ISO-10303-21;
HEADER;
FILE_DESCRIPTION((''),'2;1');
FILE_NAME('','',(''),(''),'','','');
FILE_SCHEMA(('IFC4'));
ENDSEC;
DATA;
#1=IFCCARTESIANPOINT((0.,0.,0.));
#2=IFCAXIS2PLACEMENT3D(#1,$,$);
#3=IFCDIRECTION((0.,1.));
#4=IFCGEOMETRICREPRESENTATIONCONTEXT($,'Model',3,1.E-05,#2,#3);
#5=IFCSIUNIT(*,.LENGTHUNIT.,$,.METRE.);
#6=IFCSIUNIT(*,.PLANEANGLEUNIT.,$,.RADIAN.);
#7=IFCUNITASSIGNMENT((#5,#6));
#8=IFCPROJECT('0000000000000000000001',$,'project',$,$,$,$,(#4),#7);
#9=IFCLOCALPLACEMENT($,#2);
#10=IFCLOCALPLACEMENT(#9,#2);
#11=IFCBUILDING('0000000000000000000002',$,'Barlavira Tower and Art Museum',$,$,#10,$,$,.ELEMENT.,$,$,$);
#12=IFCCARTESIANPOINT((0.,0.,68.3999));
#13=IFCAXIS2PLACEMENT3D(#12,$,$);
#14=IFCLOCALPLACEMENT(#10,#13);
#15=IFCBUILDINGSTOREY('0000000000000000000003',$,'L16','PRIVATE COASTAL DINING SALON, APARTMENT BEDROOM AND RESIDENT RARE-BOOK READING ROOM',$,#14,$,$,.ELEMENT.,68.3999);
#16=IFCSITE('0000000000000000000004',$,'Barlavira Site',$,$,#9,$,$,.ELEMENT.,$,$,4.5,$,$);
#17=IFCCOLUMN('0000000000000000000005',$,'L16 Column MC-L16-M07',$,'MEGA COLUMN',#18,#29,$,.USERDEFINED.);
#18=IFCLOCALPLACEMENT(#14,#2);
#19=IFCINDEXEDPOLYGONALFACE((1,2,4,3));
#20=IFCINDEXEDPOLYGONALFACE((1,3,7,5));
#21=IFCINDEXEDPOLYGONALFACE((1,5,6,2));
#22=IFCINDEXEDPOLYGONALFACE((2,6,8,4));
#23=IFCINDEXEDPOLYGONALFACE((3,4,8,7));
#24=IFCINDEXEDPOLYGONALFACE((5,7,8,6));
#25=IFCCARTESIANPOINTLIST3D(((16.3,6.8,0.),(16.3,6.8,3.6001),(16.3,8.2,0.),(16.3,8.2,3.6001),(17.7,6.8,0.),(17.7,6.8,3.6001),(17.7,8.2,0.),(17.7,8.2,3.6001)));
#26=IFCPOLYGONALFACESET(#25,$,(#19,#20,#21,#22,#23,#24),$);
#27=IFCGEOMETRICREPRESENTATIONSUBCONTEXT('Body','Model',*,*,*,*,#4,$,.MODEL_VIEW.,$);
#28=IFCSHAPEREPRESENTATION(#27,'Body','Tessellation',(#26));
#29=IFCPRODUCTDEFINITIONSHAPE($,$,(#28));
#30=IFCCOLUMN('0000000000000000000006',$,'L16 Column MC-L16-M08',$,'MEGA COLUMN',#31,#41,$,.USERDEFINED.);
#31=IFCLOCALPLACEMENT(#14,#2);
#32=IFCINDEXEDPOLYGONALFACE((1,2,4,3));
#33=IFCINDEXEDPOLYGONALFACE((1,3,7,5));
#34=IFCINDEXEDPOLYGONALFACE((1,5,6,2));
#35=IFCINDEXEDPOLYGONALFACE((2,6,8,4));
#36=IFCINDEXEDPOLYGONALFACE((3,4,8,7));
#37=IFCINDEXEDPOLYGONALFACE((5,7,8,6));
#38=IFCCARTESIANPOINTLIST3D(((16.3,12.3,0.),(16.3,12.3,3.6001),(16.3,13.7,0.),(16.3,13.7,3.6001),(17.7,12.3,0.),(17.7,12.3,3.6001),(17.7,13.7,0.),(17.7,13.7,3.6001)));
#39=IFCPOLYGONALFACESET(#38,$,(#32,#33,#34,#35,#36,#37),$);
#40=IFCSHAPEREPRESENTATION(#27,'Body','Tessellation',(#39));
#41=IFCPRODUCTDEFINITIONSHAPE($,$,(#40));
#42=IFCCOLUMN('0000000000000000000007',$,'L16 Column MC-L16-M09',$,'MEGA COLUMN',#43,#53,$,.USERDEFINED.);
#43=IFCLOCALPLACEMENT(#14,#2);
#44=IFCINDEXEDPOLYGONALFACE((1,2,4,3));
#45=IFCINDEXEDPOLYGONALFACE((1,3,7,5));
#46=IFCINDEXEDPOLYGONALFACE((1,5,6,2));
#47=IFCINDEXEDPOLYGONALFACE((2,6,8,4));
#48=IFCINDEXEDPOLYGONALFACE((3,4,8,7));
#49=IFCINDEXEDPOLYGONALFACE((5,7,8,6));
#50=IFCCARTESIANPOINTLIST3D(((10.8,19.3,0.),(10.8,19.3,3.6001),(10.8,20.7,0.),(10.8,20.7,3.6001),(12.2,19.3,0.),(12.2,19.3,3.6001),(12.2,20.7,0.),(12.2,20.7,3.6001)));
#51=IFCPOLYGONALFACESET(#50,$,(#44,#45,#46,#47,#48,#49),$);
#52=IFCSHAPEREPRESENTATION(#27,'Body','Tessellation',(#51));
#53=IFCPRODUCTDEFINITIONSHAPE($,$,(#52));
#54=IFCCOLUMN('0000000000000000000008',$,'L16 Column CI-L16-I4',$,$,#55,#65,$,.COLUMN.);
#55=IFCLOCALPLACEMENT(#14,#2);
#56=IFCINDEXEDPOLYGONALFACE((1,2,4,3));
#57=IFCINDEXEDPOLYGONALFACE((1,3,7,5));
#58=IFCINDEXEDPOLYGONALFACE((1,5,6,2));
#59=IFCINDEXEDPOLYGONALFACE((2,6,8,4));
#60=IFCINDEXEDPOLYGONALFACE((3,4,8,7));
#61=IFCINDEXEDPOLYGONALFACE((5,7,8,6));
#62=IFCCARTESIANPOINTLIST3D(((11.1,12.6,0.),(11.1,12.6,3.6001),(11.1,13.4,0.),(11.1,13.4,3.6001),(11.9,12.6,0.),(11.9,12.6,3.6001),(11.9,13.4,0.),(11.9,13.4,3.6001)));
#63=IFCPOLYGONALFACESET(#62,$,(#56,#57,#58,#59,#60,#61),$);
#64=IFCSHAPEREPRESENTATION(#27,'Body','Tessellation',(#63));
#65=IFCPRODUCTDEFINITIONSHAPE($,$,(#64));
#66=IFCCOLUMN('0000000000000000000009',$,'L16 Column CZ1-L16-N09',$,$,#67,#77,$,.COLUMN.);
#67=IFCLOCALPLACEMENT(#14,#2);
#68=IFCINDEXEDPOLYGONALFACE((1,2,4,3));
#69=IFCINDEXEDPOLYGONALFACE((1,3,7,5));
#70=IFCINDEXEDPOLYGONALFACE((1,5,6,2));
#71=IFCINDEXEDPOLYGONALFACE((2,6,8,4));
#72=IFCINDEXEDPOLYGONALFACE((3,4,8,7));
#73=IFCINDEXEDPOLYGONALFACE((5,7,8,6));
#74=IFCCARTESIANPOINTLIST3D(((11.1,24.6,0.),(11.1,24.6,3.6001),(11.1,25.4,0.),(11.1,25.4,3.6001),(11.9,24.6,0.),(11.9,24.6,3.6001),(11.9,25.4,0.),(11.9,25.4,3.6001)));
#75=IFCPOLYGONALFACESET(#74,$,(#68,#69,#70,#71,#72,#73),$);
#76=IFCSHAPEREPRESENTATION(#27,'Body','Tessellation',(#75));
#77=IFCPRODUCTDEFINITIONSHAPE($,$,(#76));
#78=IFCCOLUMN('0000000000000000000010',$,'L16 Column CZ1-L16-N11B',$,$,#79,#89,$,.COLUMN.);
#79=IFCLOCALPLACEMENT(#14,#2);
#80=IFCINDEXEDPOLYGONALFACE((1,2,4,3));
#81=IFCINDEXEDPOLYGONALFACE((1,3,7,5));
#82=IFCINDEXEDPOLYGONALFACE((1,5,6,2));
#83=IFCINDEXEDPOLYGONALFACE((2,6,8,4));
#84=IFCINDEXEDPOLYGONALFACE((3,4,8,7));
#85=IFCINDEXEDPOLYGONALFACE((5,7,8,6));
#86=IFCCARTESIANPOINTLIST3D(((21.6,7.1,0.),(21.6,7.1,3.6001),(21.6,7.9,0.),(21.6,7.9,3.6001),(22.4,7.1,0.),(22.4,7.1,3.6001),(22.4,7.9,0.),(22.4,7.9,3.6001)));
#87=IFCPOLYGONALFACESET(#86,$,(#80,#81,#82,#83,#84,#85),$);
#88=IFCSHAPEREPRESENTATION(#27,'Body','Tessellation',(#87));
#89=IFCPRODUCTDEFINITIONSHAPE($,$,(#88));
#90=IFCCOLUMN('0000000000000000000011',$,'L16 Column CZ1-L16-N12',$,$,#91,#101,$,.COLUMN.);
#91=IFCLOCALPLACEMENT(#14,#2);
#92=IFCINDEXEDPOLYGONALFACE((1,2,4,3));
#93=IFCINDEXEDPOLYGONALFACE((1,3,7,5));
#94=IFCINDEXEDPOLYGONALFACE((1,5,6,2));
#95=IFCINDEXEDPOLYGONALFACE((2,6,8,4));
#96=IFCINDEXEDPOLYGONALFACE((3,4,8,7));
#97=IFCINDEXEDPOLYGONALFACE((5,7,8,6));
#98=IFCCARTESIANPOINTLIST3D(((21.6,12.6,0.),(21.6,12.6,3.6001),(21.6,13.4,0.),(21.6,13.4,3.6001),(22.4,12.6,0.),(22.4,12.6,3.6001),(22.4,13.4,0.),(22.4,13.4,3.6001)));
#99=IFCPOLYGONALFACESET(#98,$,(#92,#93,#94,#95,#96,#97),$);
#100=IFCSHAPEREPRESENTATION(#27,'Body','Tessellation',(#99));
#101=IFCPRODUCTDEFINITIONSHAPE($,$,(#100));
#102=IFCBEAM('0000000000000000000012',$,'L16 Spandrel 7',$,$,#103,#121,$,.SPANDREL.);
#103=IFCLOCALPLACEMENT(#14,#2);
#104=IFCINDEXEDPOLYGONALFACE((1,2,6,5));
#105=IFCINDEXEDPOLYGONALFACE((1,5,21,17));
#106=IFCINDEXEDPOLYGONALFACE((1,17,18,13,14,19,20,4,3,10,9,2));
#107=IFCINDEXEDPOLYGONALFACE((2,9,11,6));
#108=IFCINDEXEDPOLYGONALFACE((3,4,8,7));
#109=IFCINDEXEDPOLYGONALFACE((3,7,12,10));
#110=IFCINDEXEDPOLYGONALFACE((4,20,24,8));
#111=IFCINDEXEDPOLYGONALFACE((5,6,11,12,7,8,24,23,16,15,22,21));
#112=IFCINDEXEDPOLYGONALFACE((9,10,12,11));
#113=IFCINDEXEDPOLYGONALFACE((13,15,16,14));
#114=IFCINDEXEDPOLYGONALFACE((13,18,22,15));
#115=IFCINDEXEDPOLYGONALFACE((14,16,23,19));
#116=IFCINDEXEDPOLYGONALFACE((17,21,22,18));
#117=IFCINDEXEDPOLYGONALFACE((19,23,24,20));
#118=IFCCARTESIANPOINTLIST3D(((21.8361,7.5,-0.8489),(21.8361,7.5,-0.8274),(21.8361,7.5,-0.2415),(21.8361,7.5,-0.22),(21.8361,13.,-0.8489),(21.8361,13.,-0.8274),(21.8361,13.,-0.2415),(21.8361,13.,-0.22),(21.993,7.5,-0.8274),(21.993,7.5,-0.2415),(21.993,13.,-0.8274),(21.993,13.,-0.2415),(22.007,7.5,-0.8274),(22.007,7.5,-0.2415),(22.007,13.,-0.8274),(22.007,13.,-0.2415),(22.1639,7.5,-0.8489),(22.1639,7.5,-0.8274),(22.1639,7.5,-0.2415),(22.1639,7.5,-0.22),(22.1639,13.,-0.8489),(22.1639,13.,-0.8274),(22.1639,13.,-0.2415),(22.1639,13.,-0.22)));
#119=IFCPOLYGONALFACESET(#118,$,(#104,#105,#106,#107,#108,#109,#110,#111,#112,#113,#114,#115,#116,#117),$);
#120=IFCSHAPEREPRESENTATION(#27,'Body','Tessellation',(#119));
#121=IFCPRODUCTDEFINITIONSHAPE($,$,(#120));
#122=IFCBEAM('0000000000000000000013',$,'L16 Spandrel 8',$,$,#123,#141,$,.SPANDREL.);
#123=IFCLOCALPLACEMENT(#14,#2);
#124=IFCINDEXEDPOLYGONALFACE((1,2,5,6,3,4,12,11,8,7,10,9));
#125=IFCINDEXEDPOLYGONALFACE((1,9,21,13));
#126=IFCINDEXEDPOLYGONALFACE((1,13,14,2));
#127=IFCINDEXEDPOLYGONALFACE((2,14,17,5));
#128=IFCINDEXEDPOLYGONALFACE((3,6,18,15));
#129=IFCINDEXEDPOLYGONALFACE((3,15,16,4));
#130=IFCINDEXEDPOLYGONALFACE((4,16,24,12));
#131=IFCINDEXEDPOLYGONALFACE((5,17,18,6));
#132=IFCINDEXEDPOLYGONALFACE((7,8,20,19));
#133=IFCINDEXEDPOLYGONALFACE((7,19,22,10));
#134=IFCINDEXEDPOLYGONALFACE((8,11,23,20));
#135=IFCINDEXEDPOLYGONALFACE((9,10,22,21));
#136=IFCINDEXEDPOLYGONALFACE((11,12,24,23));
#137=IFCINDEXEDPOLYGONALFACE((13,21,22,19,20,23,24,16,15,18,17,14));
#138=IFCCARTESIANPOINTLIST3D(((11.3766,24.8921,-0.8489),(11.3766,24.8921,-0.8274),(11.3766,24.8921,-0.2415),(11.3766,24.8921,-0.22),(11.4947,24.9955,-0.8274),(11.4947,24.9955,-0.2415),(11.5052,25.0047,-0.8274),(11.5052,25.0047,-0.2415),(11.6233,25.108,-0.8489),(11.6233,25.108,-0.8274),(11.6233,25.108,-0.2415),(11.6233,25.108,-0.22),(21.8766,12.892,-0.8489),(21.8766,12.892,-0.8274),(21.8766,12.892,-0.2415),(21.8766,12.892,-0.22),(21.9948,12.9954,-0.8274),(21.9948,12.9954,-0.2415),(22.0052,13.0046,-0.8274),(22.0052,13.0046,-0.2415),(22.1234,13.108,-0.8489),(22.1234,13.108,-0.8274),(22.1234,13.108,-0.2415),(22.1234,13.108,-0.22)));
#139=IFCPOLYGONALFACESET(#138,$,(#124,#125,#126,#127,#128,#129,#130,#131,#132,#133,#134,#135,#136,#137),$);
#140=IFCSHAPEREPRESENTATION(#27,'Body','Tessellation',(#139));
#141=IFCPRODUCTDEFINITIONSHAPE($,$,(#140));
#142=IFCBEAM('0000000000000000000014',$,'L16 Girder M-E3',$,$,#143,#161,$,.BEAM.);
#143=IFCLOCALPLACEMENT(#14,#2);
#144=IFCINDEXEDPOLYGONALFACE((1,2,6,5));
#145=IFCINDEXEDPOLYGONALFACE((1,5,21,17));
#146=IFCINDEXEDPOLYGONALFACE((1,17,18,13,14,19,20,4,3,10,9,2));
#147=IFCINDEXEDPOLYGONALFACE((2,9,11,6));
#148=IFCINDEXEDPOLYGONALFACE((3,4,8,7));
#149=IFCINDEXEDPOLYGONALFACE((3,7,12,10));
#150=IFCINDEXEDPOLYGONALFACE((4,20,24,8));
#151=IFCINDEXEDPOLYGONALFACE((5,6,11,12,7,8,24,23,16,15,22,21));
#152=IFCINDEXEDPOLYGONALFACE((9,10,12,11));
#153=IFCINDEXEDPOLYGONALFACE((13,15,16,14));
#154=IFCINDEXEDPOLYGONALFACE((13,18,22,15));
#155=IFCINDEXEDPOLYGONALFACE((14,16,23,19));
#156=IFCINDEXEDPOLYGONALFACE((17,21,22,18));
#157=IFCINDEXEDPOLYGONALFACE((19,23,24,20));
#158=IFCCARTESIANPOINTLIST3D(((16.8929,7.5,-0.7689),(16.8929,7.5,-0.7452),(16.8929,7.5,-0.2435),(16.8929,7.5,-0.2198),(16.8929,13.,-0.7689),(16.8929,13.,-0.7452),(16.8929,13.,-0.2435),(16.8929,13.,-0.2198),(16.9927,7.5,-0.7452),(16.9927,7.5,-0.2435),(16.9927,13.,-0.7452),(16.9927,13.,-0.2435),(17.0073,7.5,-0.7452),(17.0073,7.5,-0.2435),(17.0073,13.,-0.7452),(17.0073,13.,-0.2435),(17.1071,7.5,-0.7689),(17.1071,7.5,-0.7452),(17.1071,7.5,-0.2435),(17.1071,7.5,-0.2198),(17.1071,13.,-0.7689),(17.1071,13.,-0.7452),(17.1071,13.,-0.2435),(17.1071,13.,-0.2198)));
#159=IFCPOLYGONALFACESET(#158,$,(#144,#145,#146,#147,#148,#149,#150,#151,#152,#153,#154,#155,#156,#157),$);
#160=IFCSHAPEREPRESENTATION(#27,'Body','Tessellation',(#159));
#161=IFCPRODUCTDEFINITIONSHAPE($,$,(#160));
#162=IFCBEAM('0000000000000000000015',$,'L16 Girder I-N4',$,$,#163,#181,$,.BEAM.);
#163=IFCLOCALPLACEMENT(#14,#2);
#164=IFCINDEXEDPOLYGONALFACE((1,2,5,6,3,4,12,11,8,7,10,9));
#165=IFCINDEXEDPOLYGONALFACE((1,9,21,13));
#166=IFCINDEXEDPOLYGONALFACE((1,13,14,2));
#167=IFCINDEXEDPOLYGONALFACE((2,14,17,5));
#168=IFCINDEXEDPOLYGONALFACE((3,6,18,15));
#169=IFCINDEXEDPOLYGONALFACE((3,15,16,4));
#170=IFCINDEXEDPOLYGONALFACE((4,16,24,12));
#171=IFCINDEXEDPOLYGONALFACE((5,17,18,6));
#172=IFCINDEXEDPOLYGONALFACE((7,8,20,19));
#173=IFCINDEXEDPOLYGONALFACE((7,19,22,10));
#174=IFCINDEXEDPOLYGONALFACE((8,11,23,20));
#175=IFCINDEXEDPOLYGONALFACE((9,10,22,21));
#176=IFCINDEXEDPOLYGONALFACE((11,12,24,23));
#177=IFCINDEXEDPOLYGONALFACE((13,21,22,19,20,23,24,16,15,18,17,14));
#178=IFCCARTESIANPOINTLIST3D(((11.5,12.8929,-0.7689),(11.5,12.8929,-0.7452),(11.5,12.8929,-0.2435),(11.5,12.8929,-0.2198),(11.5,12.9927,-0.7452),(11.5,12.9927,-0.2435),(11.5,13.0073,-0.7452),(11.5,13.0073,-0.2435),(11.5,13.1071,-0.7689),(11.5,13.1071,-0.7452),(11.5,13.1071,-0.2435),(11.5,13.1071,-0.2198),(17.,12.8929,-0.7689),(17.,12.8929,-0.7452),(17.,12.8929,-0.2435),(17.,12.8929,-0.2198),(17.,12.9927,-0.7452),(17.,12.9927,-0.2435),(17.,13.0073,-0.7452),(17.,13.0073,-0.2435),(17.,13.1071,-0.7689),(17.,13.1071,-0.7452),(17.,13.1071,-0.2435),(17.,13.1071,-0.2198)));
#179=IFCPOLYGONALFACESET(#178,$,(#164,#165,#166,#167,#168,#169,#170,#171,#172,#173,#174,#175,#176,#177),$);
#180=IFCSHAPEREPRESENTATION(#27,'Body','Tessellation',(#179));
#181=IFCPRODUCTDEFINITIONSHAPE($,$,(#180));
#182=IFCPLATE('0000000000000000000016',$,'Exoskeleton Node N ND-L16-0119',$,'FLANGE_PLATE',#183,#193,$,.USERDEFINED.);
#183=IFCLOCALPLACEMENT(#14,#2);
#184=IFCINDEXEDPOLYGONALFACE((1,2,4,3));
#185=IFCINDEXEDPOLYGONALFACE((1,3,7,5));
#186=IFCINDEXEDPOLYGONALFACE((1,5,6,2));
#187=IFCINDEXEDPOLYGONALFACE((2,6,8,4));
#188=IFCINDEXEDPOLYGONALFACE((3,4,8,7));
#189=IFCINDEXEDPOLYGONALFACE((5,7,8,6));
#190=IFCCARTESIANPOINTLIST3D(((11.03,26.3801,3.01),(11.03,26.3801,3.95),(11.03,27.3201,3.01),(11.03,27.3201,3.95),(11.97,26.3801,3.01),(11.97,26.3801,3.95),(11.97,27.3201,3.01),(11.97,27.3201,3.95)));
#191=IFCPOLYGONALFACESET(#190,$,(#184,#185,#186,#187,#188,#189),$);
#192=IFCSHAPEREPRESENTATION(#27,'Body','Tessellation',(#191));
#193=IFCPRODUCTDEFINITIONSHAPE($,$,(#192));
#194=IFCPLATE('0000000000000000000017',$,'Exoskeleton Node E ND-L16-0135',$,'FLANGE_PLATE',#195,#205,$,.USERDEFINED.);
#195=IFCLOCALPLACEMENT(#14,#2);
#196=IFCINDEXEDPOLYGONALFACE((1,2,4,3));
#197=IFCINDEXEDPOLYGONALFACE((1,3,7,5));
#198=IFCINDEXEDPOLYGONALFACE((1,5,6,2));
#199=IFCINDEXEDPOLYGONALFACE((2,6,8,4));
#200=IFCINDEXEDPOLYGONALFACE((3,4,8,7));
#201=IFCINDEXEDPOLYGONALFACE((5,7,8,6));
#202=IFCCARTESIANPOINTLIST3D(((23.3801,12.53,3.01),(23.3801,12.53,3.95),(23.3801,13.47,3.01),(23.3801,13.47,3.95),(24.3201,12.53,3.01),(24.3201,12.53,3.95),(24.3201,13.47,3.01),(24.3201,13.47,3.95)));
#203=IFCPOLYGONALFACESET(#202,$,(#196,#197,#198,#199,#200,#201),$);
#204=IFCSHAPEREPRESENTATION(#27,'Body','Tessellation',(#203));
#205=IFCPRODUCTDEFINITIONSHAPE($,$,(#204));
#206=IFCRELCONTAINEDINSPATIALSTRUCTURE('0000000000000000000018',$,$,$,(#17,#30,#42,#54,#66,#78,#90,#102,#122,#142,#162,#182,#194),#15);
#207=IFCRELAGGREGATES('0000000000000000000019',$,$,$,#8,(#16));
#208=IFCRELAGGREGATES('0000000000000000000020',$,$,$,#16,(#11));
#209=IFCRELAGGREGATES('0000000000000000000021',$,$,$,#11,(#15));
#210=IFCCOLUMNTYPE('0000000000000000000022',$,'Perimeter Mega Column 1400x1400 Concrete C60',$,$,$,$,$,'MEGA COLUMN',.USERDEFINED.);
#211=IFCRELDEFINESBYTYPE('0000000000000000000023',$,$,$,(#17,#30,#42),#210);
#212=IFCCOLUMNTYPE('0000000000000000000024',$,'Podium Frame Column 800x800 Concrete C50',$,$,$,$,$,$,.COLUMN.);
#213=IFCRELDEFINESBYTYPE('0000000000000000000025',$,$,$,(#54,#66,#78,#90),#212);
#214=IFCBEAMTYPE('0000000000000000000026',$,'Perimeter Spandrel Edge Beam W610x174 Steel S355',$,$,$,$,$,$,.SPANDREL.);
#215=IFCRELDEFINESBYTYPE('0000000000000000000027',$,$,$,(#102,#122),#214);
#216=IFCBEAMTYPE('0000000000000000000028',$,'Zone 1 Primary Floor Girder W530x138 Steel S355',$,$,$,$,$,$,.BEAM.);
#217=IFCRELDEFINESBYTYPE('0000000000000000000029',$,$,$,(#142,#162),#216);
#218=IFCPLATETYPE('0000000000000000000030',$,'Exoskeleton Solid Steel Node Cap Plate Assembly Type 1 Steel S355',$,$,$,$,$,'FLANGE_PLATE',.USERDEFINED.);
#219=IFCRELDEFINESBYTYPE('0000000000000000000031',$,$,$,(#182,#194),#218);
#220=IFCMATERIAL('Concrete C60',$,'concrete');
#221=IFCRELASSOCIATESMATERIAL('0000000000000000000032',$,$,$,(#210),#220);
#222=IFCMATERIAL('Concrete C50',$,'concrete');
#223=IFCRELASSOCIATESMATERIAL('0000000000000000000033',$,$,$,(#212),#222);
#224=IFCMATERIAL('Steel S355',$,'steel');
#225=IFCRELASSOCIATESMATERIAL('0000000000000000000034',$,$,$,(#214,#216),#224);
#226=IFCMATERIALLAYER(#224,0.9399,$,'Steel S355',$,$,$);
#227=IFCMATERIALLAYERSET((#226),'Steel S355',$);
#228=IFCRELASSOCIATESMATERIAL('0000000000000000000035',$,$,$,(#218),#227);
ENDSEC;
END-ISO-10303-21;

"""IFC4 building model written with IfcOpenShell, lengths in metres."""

from ifc_helpers import new_model, si_unit, direction, frame, origin, origin_2d, place, context, subcontext, project, spatial, rectangle, i_section, extrude, material, layer, layer_set, material_profile, profile_set, type_object, element, save


model = new_model("IFC4")

# Units and contexts
model_context = context("Model", 3, precision=1e-05, world=origin(), true_north=direction((0.0, 1.0)))
body_context = subcontext(model_context, "Body", "Model", "MODEL_VIEW")
ifc_project = project(units=[si_unit("LENGTHUNIT", "METRE"), si_unit("PLANEANGLEUNIT", "RADIAN")], contexts=[model_context])

# Site, building, storey
site_placement = place(None, origin())
site = spatial("IfcSite", under=ifc_project, at=site_placement, Name="Barlavira Site", CompositionType="ELEMENT", RefElevation=4.5)
building_placement = place(site_placement, origin())
building = spatial("IfcBuilding", under=site, at=building_placement, Name="Barlavira Tower and Art Museum", CompositionType="ELEMENT")
storey_placement = place(building_placement, frame((0.0, 0.0, 68.3999)))
storey = spatial("IfcBuildingStorey", under=building, at=storey_placement, Name="L16", Description="PRIVATE COASTAL DINING SALON, APARTMENT BEDROOM AND RESIDENT RARE-BOOK READING ROOM", CompositionType="ELEMENT", Elevation=68.3999)

# Columns
ifc_material_1 = material(Name="Concrete C60", Category="concrete")
ifc_material_profile_1 = material_profile(ifc_material_1, rectangle(XDim=1.3999, YDim=1.3999, at=origin_2d()), Name="RC-MCOL 1400x1400")
ifc_profile_set_1 = profile_set([ifc_material_profile_1], Name="Concrete C60")
column_type_1 = type_object("IfcColumnType", Name="Perimeter Mega Column 1400x1400 Concrete C60", ElementType="MEGA COLUMN", PredefinedType="USERDEFINED", material=ifc_profile_set_1)
for number, where, z_axis, x_axis, name in (
    (1, (17.0, 7.5, 0.0), (0.0, 0.0, 1.0), (1.0, 0.0, 0.0), "L16 Column MC-L16-M07"),
    (2, (17.0, 13.0, 0.0), (0.0, 0.0, 1.0), (1.0, 0.0, 0.0), "L16 Column MC-L16-M08"),
    (3, (11.5, 20.0, 0.0), (0.0, 0.0, 1.0), (1.0, 0.0, 0.0), "L16 Column MC-L16-M09"),
):
    element("IfcColumn", number, at=place(storey_placement, frame(where, z_axis=z_axis, x_axis=x_axis)), inside=storey, type_object=column_type_1, Name=name, ObjectType="MEGA COLUMN", PredefinedType="USERDEFINED", context=body_context, shape_type="SweptSolid", body=[
        extrude(rectangle(XDim=1.3999, YDim=1.3999, at=origin_2d()), origin(), (0.0, 0.0, 1.0), 3.6001),
    ])
ifc_material_2 = material(Name="Concrete C50", Category="concrete")
ifc_material_profile_2 = material_profile(ifc_material_2, rectangle(XDim=0.8, YDim=0.8, at=origin_2d()), Name="RC-COL 800x800")
ifc_profile_set_2 = profile_set([ifc_material_profile_2], Name="Concrete C50")
column_type_2 = type_object("IfcColumnType", Name="Podium Frame Column 800x800 Concrete C50", PredefinedType="COLUMN", material=ifc_profile_set_2)
for number, where, z_axis, x_axis, name in (
    (4, (11.5, 13.0, 0.0), (0.0, 0.0, 1.0), (1.0, 0.0, 0.0), "L16 Column CI-L16-I4"),
    (5, (11.5, 25.0, 0.0), (0.0, 0.0, 1.0), (1.0, 0.0, 0.0), "L16 Column CZ1-L16-N09"),
    (6, (22.0, 7.5, 0.0), (0.0, 0.0, 1.0), (1.0, 0.0, 0.0), "L16 Column CZ1-L16-N11B"),
    (7, (22.0, 13.0, 0.0), (0.0, 0.0, 1.0), (1.0, 0.0, 0.0), "L16 Column CZ1-L16-N12"),
):
    element("IfcColumn", number, at=place(storey_placement, frame(where, z_axis=z_axis, x_axis=x_axis)), inside=storey, type_object=column_type_2, Name=name, PredefinedType="COLUMN", context=body_context, shape_type="SweptSolid", body=[
        extrude(rectangle(XDim=0.8, YDim=0.8, at=origin_2d()), origin(), (0.0, 0.0, 1.0), 3.6001),
    ])

# Beams
ifc_material_3 = material(Name="Steel S355", Category="steel")
ifc_material_profile_3 = material_profile(ifc_material_3, i_section(OverallWidth=0.3279, OverallDepth=0.6289, WebThickness=0.0139, FlangeThickness=0.0215, at=origin_2d()), Name="W610x174.0")
ifc_profile_set_3 = profile_set([ifc_material_profile_3], Name="Steel S355")
beam_type_1 = type_object("IfcBeamType", Name="Perimeter Spandrel Edge Beam W610x174 Steel S355", PredefinedType="SPANDREL", material=ifc_profile_set_3)
beam_1_placement = place(storey_placement, frame((22.0, 7.5, -0.5344), z_axis=(0.0, 1.0, 0.0), x_axis=(-1.0, 0.0, 0.0)))
element("IfcBeam", 8, at=beam_1_placement, inside=storey, type_object=beam_type_1, Name="L16 Spandrel 7", PredefinedType="SPANDREL", context=body_context, shape_type="SweptSolid", body=[
    extrude(i_section(OverallWidth=0.3279, OverallDepth=0.6289, WebThickness=0.0139, FlangeThickness=0.0215, at=origin_2d()), origin(), (0.0, 0.0, 1.0), 5.5),
])
beam_2_placement = place(storey_placement, frame((22.0, 13.0, -0.5344), z_axis=(-0.658505, 0.752577, 0.0), x_axis=(-0.752577, -0.658505, 0.0)))
element("IfcBeam", 9, at=beam_2_placement, inside=storey, type_object=beam_type_1, Name="L16 Spandrel 8", PredefinedType="SPANDREL", context=body_context, shape_type="SweptSolid", body=[
    extrude(i_section(OverallWidth=0.3279, OverallDepth=0.6289, WebThickness=0.0139, FlangeThickness=0.0215, at=origin_2d()), origin(), (0.0, 0.0, 1.0), 15.9453),
])
ifc_material_profile_4 = material_profile(ifc_material_3, i_section(OverallWidth=0.2141, OverallDepth=0.5491, WebThickness=0.0146, FlangeThickness=0.0237, at=origin_2d()), Name="W530x138.0")
ifc_profile_set_4 = profile_set([ifc_material_profile_4], Name="Steel S355")
beam_type_2 = type_object("IfcBeamType", Name="Zone 1 Primary Floor Girder W530x138 Steel S355", PredefinedType="BEAM", material=ifc_profile_set_4)
for number, where, z_axis, x_axis, name in (
    (10, (17.0, 7.5, -0.4944), (0.0, 1.0, 0.0), (-1.0, 0.0, 0.0), "L16 Girder M-E3"),
    (11, (11.5, 13.0, -0.4944), (1.0, 0.0, 0.0), (0.0, 1.0, 0.0), "L16 Girder I-N4"),
):
    element("IfcBeam", number, at=place(storey_placement, frame(where, z_axis=z_axis, x_axis=x_axis)), inside=storey, type_object=beam_type_2, Name=name, PredefinedType="BEAM", context=body_context, shape_type="SweptSolid", body=[
        extrude(i_section(OverallWidth=0.2141, OverallDepth=0.5491, WebThickness=0.0146, FlangeThickness=0.0237, at=origin_2d()), origin(), (0.0, 0.0, 1.0), 5.5),
    ])

# Plates
ifc_layer_1 = layer(ifc_material_3, 0.9399, Name="Steel S355")
ifc_layer_set_1 = layer_set([ifc_layer_1], Name="Steel S355")
plate_type = type_object("IfcPlateType", Name="Exoskeleton Solid Steel Node Cap Plate Assembly Type 1 Steel S355", ElementType="FLANGE_PLATE", PredefinedType="USERDEFINED", material=ifc_layer_set_1)
for number, where, z_axis, x_axis, name in (
    (12, (11.5, 26.8501, 3.01), (0.0, 0.0, 1.0), (1.0, 0.0, 0.0), "Exoskeleton Node N ND-L16-0119"),
    (13, (23.8501, 13.0, 3.01), (0.0, 0.0, 1.0), (1.0, 0.0, 0.0), "Exoskeleton Node E ND-L16-0135"),
):
    element("IfcPlate", number, at=place(storey_placement, frame(where, z_axis=z_axis, x_axis=x_axis)), inside=storey, type_object=plate_type, Name=name, ObjectType="FLANGE_PLATE", PredefinedType="USERDEFINED", context=body_context, shape_type="SweptSolid", body=[
        extrude(rectangle(XDim=0.9399, YDim=0.9399, at=origin_2d()), origin(), (0.0, 0.0, 1.0), 0.9399),
    ])

save(model, "model.ifc")
